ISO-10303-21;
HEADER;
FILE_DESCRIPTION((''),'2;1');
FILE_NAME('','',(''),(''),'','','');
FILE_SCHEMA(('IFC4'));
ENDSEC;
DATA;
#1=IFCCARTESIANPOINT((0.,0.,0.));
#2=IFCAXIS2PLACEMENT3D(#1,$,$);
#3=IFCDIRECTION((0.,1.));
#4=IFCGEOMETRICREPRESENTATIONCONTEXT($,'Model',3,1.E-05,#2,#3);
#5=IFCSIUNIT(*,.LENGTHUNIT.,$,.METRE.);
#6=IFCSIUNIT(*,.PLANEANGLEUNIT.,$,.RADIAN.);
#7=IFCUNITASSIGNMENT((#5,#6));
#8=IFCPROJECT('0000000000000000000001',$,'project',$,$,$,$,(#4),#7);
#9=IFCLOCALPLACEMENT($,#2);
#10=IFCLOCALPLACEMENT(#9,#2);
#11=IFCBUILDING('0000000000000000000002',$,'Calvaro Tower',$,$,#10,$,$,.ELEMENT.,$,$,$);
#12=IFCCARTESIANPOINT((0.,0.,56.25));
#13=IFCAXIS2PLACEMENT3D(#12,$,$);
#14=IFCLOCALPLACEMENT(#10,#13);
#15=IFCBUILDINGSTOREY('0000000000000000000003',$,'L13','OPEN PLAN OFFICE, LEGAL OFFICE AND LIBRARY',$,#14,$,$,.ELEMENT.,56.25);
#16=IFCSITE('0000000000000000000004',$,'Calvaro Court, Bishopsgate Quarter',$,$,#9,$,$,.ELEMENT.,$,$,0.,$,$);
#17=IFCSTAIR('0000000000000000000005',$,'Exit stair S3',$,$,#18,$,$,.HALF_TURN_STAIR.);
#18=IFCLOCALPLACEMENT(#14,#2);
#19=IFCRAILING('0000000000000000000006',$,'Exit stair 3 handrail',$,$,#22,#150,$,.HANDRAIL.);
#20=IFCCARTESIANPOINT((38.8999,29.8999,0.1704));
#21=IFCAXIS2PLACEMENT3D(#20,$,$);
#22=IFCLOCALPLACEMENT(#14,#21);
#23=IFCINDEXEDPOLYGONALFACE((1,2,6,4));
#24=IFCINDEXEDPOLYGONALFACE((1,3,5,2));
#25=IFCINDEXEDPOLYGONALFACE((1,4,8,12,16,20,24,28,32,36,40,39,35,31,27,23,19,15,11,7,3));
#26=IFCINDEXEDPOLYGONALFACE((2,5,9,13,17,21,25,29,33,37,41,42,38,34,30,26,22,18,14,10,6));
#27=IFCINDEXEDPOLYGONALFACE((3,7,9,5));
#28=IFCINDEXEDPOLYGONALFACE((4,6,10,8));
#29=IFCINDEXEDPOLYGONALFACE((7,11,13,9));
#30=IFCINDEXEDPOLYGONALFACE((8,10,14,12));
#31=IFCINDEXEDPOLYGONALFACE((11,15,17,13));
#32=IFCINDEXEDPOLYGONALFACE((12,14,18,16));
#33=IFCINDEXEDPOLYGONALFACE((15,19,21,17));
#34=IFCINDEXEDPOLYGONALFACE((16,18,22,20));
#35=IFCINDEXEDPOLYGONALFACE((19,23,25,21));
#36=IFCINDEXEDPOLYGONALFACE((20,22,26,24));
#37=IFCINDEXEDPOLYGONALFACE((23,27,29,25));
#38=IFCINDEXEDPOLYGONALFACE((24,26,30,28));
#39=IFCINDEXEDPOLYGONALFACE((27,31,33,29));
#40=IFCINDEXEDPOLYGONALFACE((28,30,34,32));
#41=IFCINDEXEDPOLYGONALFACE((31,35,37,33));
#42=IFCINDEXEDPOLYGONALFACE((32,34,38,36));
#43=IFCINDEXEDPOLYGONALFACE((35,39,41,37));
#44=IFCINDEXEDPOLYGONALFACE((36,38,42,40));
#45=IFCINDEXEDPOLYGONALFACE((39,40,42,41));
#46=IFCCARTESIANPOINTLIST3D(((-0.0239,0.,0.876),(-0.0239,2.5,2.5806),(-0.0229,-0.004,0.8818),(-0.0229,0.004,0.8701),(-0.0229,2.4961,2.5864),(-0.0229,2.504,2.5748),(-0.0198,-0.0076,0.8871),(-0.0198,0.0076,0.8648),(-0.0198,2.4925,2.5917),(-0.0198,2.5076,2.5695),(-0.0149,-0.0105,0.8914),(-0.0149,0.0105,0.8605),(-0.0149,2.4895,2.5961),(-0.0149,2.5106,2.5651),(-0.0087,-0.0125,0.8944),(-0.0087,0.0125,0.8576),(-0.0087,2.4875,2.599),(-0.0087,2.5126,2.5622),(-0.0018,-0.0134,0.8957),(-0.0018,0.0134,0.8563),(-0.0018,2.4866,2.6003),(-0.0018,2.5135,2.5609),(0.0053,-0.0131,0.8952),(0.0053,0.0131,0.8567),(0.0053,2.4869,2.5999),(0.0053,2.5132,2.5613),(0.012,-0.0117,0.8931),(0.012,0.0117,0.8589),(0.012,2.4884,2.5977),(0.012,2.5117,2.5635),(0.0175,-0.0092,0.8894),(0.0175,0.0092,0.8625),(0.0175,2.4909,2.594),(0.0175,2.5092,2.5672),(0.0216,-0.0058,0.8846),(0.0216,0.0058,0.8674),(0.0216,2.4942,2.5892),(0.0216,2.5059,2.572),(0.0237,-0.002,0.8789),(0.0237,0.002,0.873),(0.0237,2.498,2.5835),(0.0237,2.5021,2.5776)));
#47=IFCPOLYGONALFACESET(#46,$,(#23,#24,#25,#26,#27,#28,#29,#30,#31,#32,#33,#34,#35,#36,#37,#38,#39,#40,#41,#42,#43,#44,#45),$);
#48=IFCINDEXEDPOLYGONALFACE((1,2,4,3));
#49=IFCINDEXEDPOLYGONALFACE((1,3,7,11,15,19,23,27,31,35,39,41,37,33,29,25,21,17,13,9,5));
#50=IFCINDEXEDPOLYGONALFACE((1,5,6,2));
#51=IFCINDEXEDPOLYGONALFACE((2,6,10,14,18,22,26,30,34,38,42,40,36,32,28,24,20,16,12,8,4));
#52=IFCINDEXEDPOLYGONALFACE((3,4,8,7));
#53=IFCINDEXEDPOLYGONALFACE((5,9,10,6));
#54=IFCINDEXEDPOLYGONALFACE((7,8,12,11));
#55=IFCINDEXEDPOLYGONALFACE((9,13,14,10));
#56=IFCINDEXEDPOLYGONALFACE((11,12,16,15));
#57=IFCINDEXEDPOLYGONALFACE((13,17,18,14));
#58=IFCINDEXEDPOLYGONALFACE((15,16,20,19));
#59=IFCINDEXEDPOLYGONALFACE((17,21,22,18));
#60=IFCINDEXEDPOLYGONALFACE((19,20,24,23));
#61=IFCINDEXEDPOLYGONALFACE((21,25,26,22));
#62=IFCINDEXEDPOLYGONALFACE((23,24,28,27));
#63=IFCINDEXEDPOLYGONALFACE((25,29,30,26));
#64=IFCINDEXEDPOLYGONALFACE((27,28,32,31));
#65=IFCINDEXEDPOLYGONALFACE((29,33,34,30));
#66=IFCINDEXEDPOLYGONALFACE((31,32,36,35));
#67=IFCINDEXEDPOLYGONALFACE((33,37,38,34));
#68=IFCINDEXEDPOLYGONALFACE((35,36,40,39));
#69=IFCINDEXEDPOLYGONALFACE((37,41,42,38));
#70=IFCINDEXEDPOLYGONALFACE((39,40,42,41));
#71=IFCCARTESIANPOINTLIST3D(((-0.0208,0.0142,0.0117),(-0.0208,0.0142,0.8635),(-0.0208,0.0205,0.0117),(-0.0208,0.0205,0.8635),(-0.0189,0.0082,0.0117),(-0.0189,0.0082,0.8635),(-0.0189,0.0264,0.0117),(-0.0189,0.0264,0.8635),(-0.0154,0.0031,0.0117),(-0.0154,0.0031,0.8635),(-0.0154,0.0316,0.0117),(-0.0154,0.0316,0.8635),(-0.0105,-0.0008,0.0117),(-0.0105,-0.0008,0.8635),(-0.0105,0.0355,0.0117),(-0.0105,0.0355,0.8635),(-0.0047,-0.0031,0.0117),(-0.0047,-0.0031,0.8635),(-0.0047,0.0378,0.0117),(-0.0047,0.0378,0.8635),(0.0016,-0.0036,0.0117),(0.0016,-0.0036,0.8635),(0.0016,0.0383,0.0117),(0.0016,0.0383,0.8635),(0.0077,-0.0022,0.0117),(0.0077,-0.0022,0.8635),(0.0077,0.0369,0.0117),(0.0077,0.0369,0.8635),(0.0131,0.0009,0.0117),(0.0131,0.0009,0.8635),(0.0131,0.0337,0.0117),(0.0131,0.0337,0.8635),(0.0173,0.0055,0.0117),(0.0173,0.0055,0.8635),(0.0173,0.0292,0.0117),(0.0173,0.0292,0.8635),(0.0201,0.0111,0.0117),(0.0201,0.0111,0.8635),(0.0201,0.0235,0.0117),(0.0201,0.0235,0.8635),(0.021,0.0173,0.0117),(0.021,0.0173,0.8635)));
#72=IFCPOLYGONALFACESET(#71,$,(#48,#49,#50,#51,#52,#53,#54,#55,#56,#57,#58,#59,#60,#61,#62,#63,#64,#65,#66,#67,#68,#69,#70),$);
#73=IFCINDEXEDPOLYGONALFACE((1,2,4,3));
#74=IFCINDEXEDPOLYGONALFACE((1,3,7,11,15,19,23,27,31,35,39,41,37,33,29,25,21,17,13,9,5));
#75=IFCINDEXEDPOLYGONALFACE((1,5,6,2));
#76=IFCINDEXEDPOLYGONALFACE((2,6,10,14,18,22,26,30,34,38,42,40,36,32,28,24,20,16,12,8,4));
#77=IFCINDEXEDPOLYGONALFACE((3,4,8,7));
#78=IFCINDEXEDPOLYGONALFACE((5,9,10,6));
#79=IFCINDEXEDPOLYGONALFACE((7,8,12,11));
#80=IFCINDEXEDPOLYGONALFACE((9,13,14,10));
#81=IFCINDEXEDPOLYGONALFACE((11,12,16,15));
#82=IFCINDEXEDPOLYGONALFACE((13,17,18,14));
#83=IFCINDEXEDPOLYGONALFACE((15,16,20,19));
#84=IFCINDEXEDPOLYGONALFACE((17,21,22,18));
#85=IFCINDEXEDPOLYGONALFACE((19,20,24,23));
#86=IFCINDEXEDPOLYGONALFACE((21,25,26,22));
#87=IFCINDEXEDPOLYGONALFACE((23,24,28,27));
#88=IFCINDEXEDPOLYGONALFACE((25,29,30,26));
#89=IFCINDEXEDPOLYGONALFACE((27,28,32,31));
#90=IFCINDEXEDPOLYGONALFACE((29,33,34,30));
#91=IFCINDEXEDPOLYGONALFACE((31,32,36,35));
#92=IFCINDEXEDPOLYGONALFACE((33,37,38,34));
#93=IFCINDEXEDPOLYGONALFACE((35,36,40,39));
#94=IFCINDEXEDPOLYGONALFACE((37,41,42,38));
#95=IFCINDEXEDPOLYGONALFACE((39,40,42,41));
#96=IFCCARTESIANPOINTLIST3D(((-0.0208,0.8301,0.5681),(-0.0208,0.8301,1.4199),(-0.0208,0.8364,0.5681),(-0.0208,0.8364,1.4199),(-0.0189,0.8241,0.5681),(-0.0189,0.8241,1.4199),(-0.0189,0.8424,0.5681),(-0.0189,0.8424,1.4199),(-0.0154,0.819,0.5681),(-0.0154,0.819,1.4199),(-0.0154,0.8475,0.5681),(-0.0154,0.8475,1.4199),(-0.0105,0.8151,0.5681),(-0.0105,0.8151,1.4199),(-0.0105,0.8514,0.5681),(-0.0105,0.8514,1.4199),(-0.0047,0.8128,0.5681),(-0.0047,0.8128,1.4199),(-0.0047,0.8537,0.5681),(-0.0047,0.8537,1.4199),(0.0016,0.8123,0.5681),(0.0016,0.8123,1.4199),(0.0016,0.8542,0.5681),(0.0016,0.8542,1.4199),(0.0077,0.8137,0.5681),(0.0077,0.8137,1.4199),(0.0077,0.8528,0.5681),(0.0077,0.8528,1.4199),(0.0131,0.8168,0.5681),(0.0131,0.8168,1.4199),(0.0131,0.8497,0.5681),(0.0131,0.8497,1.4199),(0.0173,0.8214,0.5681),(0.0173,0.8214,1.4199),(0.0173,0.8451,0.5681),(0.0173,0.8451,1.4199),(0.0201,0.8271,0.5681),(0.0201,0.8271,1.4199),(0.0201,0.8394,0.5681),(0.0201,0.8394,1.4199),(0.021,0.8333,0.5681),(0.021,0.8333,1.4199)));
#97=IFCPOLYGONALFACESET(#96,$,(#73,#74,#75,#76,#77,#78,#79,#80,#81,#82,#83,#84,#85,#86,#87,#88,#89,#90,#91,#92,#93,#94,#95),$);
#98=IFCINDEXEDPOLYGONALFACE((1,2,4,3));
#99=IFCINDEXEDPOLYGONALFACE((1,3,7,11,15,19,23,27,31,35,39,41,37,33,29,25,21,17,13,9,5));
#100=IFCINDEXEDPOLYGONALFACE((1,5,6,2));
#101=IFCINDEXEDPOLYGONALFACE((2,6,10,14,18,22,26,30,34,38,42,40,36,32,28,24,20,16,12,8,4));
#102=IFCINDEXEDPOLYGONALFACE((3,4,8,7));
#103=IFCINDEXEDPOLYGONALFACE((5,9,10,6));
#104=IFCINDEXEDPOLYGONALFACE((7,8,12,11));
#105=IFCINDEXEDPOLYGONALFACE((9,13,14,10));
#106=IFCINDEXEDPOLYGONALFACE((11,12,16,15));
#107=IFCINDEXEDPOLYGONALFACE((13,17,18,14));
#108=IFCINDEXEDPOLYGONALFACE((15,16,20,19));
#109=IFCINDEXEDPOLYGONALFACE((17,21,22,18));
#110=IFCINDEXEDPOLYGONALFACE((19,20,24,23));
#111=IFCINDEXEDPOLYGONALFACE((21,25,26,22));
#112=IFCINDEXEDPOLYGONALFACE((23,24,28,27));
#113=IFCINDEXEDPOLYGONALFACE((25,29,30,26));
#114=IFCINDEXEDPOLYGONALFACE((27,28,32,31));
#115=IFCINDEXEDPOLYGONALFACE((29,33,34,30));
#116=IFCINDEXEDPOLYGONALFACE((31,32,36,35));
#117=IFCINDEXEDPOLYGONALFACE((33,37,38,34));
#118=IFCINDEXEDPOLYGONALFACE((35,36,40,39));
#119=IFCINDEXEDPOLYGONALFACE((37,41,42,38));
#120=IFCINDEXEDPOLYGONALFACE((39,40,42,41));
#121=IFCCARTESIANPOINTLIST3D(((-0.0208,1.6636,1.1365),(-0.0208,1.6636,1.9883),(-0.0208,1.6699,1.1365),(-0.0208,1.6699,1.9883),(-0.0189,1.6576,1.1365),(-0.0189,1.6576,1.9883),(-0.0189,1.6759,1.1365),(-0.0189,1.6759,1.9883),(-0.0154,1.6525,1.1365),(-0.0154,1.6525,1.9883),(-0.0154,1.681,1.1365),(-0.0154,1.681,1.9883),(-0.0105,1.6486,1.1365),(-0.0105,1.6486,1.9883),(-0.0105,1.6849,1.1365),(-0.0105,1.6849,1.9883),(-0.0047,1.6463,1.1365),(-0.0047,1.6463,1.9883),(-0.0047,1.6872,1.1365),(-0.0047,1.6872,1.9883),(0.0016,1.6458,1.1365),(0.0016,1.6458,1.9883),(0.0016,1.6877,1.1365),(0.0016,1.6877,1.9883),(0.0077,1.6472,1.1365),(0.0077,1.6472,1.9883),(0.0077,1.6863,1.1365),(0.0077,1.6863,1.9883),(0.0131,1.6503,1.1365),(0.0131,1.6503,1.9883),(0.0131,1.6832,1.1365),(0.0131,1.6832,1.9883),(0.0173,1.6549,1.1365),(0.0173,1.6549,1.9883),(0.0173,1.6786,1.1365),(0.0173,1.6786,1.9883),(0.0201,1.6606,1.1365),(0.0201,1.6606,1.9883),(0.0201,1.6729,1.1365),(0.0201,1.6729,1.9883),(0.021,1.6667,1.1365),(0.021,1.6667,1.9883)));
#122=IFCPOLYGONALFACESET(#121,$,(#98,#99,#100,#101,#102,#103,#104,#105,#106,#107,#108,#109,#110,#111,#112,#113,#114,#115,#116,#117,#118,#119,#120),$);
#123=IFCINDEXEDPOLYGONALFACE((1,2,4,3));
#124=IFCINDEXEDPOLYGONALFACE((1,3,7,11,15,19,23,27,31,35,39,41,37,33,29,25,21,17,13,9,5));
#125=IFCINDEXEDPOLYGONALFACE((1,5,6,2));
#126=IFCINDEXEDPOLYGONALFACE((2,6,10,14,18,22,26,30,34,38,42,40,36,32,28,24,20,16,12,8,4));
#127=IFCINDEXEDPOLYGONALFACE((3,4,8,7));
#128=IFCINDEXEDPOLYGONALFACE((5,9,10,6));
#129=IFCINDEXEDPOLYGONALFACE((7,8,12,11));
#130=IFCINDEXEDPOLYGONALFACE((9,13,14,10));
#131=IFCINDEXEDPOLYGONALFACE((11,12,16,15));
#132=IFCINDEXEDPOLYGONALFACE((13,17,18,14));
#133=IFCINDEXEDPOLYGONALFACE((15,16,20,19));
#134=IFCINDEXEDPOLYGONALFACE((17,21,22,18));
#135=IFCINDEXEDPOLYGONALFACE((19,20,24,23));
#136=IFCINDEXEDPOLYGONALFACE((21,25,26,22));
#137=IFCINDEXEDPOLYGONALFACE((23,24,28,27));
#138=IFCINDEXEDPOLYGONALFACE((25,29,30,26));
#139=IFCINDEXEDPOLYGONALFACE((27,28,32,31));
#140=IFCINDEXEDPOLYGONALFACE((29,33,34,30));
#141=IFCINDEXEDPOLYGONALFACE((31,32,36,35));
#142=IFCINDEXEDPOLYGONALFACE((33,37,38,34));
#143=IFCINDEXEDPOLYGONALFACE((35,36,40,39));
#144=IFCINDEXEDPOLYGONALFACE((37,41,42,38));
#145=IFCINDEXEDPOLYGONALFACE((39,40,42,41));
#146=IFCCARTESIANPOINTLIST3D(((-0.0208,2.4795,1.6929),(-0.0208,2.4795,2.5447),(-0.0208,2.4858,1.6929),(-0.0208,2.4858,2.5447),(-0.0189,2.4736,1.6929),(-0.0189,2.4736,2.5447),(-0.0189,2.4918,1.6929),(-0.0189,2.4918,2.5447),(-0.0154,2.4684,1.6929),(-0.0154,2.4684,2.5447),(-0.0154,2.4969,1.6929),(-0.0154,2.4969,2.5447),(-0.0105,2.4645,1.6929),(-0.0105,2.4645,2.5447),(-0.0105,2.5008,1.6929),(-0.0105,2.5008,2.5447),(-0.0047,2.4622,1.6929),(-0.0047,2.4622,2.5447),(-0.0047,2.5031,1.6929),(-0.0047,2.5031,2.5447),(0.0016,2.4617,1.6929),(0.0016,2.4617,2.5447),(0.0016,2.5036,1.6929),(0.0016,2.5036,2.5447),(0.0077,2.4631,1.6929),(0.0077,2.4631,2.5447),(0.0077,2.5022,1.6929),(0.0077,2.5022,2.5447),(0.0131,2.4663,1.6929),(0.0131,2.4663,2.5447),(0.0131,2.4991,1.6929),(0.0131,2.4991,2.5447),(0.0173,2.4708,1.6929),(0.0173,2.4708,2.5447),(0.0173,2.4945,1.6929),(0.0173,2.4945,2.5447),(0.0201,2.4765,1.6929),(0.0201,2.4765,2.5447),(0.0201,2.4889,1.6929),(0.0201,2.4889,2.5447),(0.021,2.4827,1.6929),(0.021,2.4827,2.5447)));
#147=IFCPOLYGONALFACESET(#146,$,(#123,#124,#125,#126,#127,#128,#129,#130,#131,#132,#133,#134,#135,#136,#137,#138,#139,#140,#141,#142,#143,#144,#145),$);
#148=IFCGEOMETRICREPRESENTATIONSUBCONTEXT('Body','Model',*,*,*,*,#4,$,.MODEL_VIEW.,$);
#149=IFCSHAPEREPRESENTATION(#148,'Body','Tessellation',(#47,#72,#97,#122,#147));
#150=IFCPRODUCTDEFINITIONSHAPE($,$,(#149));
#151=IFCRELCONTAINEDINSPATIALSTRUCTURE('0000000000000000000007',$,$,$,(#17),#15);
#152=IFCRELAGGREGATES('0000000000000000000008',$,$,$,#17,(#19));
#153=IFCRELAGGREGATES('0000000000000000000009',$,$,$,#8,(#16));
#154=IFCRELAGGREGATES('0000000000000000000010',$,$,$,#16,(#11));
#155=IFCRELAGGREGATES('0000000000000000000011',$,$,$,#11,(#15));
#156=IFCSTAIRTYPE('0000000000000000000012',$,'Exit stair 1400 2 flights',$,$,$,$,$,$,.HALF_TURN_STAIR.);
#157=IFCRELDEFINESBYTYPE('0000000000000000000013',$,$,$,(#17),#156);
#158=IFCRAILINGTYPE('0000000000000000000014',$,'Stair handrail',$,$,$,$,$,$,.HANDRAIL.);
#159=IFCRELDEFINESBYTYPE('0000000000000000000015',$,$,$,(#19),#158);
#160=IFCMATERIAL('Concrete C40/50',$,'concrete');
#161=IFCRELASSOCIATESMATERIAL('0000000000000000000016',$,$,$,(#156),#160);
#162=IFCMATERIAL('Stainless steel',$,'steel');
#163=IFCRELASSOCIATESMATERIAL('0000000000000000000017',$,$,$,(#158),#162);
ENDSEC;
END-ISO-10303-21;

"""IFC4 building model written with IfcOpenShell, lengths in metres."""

from ifc_helpers import new_model, si_unit, direction, frame, origin, origin_2d, place, context, subcontext, project, spatial, circle, extrude, material, type_object, element, aggregate, save


model = new_model("IFC4")

# Units and contexts
model_context = context("Model", 3, precision=1e-05, world=origin(), true_north=direction((0.0, 1.0)))
body_context = subcontext(model_context, "Body", "Model", "MODEL_VIEW")
ifc_project = project(units=[si_unit("LENGTHUNIT", "METRE"), si_unit("PLANEANGLEUNIT", "RADIAN")], contexts=[model_context])

# Site, building, storey
site_placement = place(None, origin())
site = spatial("IfcSite", under=ifc_project, at=site_placement, Name="Calvaro Court, Bishopsgate Quarter", CompositionType="ELEMENT", RefElevation=0.0)
building_placement = place(site_placement, origin())
building = spatial("IfcBuilding", under=site, at=building_placement, Name="Calvaro Tower", CompositionType="ELEMENT")
storey_placement = place(building_placement, frame((0.0, 0.0, 56.25)))
storey = spatial("IfcBuildingStorey", under=building, at=storey_placement, Name="L13", Description="OPEN PLAN OFFICE, LEGAL OFFICE AND LIBRARY", CompositionType="ELEMENT", Elevation=56.25)

# Stair
ifc_material_1 = material(Name="Concrete C40/50", Category="concrete")
stair_type = type_object("IfcStairType", Name="Exit stair 1400 2 flights", PredefinedType="HALF_TURN_STAIR", material=ifc_material_1)
stair_1_placement = place(storey_placement, origin())
stair_1 = element("IfcStair", 1, at=stair_1_placement, inside=storey, type_object=stair_type, Name="Exit stair S3", PredefinedType="HALF_TURN_STAIR")

# Railing
ifc_material_2 = material(Name="Stainless steel", Category="steel")
railing_type = type_object("IfcRailingType", Name="Stair handrail", PredefinedType="HANDRAIL", material=ifc_material_2)
railing_1_placement = place(storey_placement, frame((38.8999, 29.8999, 0.1704)))
railing_1 = element("IfcRailing", 2, at=railing_1_placement, type_object=railing_type, Name="Exit stair 3 handrail", PredefinedType="HANDRAIL", context=body_context, shape_type="SweptSolid", body=[
    extrude(circle(Radius=0.0239, at=origin_2d()), frame((0.0, 0.0, 0.876), z_axis=(0.0, 0.826221, 0.563347), x_axis=(-1.0, 0.0, 0.0)), (0.0, 0.0, 1.0), 3.0259),
    extrude(circle(Radius=0.021, at=origin_2d()), frame((0.0, 0.0173, 0.0117)), (0.0, 0.0, 1.0), 0.8518),
    extrude(circle(Radius=0.021, at=origin_2d()), frame((0.0, 0.8333, 0.5681)), (0.0, 0.0, 1.0), 0.8518),
    extrude(circle(Radius=0.021, at=origin_2d()), frame((0.0, 1.6667, 1.1365)), (0.0, 0.0, 1.0), 0.8518),
    extrude(circle(Radius=0.021, at=origin_2d()), frame((0.0, 2.4827, 1.6929)), (0.0, 0.0, 1.0), 0.8518),
])
aggregate(stair_1, [railing_1])

save(model, "model.ifc")
